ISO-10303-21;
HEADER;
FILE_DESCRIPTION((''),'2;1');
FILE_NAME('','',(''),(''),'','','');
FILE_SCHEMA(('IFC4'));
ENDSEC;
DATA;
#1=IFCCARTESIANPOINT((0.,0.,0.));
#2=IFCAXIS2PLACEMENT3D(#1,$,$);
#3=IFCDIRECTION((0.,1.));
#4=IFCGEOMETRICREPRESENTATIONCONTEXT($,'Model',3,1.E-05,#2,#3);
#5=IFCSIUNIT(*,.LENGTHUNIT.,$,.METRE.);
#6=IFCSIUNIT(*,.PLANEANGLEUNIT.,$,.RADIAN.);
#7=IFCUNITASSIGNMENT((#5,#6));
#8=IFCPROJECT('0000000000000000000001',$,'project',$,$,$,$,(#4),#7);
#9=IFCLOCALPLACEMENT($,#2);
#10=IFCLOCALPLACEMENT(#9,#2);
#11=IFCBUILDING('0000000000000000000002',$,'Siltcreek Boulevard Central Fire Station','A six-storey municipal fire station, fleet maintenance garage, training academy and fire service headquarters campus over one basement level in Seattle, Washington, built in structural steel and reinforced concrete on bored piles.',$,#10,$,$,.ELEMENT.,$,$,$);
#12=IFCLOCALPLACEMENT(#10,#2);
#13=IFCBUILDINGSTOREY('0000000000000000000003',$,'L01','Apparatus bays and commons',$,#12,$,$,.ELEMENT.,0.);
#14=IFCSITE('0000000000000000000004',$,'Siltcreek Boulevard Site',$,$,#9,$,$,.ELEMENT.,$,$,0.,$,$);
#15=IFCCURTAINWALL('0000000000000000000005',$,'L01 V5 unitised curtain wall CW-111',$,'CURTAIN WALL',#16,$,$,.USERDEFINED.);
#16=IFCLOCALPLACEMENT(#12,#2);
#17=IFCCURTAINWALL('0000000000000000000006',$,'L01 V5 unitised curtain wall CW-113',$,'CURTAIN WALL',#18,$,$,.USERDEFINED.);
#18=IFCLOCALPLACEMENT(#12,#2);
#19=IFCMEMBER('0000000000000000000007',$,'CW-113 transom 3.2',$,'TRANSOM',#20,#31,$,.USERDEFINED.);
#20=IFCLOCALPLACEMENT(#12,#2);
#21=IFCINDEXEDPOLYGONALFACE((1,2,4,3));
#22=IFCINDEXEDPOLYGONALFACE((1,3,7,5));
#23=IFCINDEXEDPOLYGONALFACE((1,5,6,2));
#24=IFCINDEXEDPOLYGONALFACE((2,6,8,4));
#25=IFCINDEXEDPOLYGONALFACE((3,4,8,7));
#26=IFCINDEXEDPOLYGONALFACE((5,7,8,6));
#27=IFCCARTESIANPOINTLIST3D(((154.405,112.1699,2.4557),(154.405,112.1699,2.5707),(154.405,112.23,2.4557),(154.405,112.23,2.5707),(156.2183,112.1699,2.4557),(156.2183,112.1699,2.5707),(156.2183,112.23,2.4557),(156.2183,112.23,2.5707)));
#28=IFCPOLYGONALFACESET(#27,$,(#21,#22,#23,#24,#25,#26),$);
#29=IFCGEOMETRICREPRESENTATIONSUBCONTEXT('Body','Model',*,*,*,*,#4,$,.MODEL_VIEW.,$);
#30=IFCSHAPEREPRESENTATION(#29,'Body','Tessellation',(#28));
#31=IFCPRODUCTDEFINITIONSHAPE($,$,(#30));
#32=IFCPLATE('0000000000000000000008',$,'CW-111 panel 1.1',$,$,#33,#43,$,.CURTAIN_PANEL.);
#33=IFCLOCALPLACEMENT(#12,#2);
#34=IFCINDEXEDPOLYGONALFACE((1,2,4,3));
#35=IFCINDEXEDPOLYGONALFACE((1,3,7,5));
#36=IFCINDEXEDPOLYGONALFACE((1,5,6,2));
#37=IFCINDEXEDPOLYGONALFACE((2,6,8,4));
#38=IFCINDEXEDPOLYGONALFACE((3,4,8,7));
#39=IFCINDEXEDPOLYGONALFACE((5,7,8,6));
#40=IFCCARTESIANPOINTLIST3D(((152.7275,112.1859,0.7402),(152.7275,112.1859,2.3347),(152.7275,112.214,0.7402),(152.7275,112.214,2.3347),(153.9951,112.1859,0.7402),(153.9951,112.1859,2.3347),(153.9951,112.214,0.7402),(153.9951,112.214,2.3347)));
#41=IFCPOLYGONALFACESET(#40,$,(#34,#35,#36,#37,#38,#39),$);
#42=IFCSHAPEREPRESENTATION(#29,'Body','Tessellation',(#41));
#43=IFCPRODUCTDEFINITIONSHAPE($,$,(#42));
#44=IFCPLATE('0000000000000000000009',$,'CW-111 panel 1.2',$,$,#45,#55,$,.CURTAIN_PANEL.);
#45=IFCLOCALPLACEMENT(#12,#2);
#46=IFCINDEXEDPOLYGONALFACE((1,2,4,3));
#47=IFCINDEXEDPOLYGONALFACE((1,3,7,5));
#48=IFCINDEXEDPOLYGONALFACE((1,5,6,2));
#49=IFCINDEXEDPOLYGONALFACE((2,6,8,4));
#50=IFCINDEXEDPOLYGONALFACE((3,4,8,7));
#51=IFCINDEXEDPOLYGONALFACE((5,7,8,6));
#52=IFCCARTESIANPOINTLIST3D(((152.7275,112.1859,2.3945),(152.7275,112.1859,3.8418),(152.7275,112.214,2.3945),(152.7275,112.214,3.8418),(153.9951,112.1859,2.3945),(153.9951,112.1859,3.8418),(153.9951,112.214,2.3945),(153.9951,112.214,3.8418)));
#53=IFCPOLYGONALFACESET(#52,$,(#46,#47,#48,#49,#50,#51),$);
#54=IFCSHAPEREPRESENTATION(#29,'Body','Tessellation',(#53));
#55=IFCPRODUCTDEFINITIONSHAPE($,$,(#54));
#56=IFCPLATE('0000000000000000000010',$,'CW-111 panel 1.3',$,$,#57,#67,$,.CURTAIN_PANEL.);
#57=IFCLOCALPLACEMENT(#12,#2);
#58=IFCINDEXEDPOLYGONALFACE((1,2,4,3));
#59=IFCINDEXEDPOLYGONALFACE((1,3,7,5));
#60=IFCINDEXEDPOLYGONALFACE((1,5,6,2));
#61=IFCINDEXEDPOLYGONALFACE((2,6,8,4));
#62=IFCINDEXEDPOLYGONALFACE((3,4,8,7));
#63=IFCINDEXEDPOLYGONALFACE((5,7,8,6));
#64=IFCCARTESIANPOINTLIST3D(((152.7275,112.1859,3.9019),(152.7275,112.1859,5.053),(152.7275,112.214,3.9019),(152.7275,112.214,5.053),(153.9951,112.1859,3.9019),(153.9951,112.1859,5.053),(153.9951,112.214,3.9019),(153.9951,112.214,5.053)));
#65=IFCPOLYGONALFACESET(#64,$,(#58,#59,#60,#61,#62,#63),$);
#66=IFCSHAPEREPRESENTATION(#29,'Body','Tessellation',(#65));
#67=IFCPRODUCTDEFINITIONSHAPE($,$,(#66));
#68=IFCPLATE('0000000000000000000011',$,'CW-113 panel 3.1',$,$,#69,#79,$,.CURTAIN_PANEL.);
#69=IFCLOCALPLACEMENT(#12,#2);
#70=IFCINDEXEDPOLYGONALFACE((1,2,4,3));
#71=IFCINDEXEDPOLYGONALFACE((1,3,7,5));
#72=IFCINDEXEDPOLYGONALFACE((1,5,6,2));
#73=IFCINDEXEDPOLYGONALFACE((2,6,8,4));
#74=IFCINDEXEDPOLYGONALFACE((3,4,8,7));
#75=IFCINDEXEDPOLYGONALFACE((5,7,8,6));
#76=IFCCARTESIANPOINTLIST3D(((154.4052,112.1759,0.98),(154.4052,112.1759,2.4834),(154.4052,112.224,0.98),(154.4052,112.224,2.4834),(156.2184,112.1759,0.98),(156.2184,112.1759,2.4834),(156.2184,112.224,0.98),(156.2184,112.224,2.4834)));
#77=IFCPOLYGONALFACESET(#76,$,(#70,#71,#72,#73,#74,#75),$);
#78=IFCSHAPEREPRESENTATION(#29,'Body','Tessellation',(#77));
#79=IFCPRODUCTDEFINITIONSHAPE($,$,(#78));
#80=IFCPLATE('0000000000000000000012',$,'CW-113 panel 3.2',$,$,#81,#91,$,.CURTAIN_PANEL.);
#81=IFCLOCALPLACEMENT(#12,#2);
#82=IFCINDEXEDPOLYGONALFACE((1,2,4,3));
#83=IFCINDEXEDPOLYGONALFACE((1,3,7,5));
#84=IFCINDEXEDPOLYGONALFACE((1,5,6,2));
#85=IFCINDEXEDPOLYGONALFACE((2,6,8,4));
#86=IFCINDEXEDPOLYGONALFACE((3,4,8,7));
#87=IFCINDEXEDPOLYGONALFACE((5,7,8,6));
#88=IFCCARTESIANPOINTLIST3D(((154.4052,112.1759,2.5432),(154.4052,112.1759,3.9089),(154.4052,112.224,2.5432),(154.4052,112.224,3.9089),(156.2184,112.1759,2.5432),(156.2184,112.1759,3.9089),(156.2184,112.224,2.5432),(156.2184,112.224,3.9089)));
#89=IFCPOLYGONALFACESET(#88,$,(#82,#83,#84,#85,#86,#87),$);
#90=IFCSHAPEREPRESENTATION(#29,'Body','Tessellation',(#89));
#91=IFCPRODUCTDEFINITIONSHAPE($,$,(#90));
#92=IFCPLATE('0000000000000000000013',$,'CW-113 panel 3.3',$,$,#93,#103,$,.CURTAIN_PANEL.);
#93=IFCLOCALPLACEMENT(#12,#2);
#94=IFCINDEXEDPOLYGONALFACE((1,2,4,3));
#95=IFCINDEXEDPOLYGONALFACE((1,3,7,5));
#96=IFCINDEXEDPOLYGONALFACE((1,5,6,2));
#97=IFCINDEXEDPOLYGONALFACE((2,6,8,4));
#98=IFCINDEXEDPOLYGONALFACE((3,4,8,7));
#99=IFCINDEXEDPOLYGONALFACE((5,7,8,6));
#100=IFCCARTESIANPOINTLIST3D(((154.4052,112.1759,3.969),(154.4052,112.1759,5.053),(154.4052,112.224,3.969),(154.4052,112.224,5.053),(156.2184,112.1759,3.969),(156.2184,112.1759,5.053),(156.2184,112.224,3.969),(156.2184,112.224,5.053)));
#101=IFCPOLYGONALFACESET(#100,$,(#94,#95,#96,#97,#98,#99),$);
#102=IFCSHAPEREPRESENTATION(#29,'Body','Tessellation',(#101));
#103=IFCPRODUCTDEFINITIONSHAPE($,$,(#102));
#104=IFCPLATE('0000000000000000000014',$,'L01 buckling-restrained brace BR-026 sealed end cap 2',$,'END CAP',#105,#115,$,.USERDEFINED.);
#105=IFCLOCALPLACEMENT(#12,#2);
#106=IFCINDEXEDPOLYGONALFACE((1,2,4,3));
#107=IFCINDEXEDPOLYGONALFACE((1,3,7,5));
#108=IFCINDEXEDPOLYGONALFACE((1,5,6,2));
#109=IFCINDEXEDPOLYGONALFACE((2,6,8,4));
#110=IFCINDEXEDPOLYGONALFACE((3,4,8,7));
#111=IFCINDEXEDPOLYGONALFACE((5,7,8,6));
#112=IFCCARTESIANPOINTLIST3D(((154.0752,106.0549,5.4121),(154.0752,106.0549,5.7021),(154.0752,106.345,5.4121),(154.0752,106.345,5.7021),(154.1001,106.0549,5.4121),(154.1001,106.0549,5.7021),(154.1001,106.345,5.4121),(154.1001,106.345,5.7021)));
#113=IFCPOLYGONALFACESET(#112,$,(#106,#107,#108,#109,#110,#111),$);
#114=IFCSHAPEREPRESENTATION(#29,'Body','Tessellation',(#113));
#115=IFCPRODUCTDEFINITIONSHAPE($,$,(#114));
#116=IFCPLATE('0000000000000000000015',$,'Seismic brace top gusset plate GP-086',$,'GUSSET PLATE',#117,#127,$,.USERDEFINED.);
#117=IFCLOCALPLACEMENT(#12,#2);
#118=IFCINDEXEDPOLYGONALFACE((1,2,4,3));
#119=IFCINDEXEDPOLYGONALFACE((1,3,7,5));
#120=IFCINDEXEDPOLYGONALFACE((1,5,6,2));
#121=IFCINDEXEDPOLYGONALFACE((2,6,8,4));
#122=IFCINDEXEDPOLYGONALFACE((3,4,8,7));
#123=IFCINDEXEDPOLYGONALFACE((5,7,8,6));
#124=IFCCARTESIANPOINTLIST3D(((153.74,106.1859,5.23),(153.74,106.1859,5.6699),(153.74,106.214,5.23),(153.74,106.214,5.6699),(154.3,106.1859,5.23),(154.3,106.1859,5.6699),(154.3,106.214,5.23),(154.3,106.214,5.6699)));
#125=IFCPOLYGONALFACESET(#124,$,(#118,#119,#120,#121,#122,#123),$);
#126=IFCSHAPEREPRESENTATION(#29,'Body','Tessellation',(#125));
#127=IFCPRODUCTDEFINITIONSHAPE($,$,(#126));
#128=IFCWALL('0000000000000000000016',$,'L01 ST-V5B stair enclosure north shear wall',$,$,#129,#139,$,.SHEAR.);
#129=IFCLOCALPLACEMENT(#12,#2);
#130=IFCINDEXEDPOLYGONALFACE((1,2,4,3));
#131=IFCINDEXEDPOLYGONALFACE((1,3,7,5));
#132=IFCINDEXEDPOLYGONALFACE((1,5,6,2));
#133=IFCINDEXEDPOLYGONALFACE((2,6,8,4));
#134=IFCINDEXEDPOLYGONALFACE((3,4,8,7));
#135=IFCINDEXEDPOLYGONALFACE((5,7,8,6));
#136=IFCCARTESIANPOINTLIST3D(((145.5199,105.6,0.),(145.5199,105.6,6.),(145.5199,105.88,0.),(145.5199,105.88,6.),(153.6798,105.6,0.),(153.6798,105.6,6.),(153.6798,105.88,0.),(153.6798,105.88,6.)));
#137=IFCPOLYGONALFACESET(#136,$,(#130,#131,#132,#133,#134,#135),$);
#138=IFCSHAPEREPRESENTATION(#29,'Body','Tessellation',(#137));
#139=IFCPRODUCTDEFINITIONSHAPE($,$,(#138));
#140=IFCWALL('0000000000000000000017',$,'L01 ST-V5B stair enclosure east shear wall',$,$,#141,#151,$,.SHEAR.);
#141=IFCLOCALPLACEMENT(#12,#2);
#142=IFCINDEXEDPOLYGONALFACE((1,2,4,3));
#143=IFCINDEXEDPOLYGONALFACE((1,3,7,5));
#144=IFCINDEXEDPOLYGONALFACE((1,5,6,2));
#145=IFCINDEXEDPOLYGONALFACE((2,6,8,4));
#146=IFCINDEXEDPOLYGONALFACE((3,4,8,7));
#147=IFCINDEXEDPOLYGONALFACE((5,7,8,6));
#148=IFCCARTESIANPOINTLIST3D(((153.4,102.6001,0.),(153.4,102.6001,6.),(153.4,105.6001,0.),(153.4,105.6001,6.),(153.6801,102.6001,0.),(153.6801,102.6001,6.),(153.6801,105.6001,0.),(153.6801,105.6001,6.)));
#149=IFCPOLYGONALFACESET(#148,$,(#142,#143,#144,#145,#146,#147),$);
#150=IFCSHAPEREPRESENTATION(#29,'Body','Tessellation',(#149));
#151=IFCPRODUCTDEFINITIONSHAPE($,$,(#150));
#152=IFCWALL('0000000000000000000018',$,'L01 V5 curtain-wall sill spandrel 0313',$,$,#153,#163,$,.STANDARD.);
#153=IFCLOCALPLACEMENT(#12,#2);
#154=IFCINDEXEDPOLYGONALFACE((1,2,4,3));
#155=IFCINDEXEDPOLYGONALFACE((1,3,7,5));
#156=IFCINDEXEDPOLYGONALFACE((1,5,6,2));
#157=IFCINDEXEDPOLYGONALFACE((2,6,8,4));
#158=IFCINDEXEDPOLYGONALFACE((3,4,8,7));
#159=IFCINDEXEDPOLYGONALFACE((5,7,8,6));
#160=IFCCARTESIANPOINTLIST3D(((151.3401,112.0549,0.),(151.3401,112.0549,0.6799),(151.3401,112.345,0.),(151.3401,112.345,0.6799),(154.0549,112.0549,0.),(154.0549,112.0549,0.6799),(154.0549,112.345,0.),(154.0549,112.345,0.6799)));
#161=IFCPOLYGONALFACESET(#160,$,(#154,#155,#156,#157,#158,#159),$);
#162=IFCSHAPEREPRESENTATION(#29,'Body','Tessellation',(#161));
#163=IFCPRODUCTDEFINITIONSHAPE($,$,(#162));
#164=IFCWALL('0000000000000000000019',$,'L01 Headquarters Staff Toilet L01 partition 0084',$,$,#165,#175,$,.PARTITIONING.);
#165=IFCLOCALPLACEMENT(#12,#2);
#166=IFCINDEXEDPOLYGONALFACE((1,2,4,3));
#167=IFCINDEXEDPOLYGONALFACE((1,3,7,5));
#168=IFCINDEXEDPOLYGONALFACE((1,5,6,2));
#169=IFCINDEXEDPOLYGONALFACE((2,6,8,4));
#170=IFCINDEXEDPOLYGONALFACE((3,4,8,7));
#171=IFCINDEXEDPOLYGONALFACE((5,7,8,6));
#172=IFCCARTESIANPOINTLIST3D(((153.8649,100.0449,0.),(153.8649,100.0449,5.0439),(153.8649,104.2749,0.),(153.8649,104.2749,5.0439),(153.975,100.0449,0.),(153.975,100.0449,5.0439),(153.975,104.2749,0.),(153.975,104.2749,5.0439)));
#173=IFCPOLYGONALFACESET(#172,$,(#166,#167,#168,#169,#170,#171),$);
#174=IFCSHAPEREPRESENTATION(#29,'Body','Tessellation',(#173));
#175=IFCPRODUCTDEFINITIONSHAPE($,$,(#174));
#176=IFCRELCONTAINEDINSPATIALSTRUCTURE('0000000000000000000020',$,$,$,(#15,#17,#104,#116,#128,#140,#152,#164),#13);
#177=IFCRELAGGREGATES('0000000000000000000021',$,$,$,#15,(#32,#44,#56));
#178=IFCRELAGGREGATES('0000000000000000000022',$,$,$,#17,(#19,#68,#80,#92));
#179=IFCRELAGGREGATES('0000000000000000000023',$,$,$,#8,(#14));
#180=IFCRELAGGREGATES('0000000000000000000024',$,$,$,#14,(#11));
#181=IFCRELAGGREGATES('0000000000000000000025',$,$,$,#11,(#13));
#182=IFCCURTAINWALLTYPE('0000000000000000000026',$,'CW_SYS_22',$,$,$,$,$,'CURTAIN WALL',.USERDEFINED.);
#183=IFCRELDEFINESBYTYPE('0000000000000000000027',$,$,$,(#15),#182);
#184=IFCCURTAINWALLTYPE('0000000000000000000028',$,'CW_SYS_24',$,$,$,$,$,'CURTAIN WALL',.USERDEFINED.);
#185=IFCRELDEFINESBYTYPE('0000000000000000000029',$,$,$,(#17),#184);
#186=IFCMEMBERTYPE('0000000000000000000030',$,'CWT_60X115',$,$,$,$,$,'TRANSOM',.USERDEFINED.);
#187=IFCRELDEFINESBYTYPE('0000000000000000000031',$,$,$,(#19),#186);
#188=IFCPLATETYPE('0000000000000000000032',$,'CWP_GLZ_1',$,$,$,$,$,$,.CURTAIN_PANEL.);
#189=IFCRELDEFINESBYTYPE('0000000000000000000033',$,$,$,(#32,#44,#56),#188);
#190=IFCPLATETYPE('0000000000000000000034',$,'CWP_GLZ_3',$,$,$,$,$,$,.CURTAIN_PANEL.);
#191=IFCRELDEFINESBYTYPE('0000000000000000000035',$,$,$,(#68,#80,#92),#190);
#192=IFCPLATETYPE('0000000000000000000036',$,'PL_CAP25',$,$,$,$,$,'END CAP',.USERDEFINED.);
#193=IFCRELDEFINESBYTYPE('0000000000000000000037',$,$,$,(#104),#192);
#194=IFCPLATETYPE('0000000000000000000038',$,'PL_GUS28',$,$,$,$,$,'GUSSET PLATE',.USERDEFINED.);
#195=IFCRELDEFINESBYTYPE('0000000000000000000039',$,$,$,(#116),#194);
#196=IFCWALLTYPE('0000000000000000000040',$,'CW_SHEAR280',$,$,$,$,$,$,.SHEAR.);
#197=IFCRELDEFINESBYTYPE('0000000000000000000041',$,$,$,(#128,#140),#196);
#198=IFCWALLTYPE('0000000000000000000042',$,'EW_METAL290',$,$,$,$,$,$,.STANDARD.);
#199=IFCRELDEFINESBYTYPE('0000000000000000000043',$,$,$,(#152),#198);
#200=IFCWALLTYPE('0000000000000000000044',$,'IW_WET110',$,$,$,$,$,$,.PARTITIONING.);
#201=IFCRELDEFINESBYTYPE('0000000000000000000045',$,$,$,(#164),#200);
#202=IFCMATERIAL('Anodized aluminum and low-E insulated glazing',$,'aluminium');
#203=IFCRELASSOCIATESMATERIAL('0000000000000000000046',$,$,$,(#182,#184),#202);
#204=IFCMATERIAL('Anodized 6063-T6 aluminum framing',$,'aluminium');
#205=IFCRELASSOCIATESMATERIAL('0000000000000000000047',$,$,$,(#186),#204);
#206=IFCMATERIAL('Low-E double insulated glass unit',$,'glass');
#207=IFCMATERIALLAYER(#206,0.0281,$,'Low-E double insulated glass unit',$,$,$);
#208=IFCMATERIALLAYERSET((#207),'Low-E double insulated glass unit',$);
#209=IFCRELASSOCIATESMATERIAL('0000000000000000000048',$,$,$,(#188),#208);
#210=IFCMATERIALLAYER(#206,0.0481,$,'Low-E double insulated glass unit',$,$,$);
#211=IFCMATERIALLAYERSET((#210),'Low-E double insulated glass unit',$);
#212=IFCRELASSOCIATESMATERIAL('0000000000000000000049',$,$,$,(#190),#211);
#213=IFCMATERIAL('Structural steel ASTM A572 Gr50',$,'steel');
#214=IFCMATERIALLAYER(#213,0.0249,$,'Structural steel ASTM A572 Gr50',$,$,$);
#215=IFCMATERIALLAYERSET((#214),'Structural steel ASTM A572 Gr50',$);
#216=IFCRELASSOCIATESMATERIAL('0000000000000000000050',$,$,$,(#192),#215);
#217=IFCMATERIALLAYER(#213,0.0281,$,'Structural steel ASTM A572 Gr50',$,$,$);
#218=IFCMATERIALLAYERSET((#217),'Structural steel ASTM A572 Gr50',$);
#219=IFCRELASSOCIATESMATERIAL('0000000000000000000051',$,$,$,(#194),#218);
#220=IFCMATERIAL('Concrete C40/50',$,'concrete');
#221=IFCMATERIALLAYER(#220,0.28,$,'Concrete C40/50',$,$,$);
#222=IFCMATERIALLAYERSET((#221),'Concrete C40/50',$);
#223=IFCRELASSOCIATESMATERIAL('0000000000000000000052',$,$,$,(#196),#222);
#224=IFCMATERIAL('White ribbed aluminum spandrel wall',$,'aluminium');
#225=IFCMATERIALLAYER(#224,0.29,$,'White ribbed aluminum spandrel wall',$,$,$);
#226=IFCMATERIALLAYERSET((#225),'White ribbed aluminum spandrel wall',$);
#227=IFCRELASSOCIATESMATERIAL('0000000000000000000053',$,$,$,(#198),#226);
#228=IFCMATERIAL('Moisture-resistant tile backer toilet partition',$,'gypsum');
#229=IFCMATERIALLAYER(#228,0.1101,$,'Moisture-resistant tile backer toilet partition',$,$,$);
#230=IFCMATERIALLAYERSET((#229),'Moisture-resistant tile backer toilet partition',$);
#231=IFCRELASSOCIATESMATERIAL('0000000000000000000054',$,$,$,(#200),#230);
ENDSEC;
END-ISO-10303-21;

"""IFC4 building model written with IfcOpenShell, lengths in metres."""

from ifc_helpers import new_model, si_unit, direction, frame, frame_2d, origin, origin_2d, place, context, subcontext, project, spatial, rectangle, extrude, material, layer, layer_set, material_profile, profile_set, type_object, element, aggregate, save


model = new_model("IFC4")

# Units and contexts
model_context = context("Model", 3, precision=1e-05, world=origin(), true_north=direction((0.0, 1.0)))
body_context = subcontext(model_context, "Body", "Model", "MODEL_VIEW")
ifc_project = project(units=[si_unit("LENGTHUNIT", "METRE"), si_unit("PLANEANGLEUNIT", "RADIAN")], contexts=[model_context])

# Site, building, storey
site_placement = place(None, origin())
site = spatial("IfcSite", under=ifc_project, at=site_placement, Name="Siltcreek Boulevard Site", CompositionType="ELEMENT", RefElevation=0.0)
building_placement = place(site_placement, origin())
building = spatial("IfcBuilding", under=site, at=building_placement, Name="Siltcreek Boulevard Central Fire Station", Description="A six-storey municipal fire station, fleet maintenance garage, training academy and fire service headquarters campus over one basement level in Seattle, Washington, built in structural steel and reinforced concrete on bored piles.", CompositionType="ELEMENT")
storey_placement = place(building_placement, origin())
storey = spatial("IfcBuildingStorey", under=building, at=storey_placement, Name="L01", Description="Apparatus bays and commons", CompositionType="ELEMENT", Elevation=0.0)

# Curtain walls
ifc_material_1 = material(Name="Anodized aluminum and low-E insulated glazing", Category="aluminium")
curtain_wall_type_1 = type_object("IfcCurtainWallType", Name="CW_SYS_22", ElementType="CURTAIN WALL", PredefinedType="USERDEFINED", material=ifc_material_1)
curtain_wall_1_placement = place(storey_placement, origin())
curtain_wall_1 = element("IfcCurtainWall", 1, at=curtain_wall_1_placement, inside=storey, type_object=curtain_wall_type_1, Name="L01 V5 unitised curtain wall CW-111", ObjectType="CURTAIN WALL", PredefinedType="USERDEFINED")
ifc_material_2 = material(Name="Anodized 6063-T6 aluminum framing", Category="aluminium")
curtain_wall_type_2 = type_object("IfcCurtainWallType", Name="CW_SYS_24", ElementType="CURTAIN WALL", PredefinedType="USERDEFINED", material=ifc_material_1)
curtain_wall_2_placement = place(storey_placement, origin())
curtain_wall_2 = element("IfcCurtainWall", 2, at=curtain_wall_2_placement, inside=storey, type_object=curtain_wall_type_2, Name="L01 V5 unitised curtain wall CW-113", ObjectType="CURTAIN WALL", PredefinedType="USERDEFINED")

# Member
ifc_material_profile_1 = material_profile(ifc_material_2, rectangle(XDim=0.0601, YDim=0.115, at=origin_2d()), Name="TRAN60X115")
ifc_profile_set_1 = profile_set([ifc_material_profile_1], Name="Anodized 6063-T6 aluminum framing")
member_type_1 = type_object("IfcMemberType", Name="CWT_60X115", ElementType="TRANSOM", PredefinedType="USERDEFINED", material=ifc_profile_set_1)
member_1_placement = place(storey_placement, frame((156.2183, 112.2, 2.5132), z_axis=(-1.0, 0.0, 0.0), x_axis=(0.0, -1.0, 0.0)))
member_1 = element("IfcMember", 3, at=member_1_placement, type_object=member_type_1, Name="CW-113 transom 3.2", ObjectType="TRANSOM", PredefinedType="USERDEFINED", context=body_context, shape_type="SweptSolid", body=[
    extrude(rectangle(XDim=0.0601, YDim=0.115, at=origin_2d()), origin(), (0.0, 0.0, 1.0), 1.8132),
])

# Plates
ifc_material_3 = material(Name="Low-E double insulated glass unit", Category="glass")
ifc_layer_1 = layer(ifc_material_3, 0.0281, Name="Low-E double insulated glass unit")
ifc_layer_set_1 = layer_set([ifc_layer_1], Name="Low-E double insulated glass unit")
plate_type_1 = type_object("IfcPlateType", Name="CWP_GLZ_1", PredefinedType="CURTAIN_PANEL", material=ifc_layer_set_1)
plate_1_placement = place(storey_placement, frame((153.3613, 112.2, 0.7402), z_axis=(0.0, 0.0, 1.0), x_axis=(-1.0, 0.0, 0.0)))
plate_1 = element("IfcPlate", 4, at=plate_1_placement, type_object=plate_type_1, Name="CW-111 panel 1.1", PredefinedType="CURTAIN_PANEL", context=body_context, shape_type="SweptSolid", body=[
    extrude(rectangle(XDim=1.2676, YDim=0.0281, at=origin_2d()), origin(), (0.0, 0.0, 1.0), 1.5945),
])
plate_2_placement = place(storey_placement, frame((153.3613, 112.2, 2.3945), z_axis=(0.0, 0.0, 1.0), x_axis=(-1.0, 0.0, 0.0)))
plate_2 = element("IfcPlate", 5, at=plate_2_placement, type_object=plate_type_1, Name="CW-111 panel 1.2", PredefinedType="CURTAIN_PANEL", context=body_context, shape_type="SweptSolid", body=[
    extrude(rectangle(XDim=1.2676, YDim=0.0281, at=origin_2d()), origin(), (0.0, 0.0, 1.0), 1.4473),
])
plate_3_placement = place(storey_placement, frame((153.3613, 112.2, 3.9019), z_axis=(0.0, 0.0, 1.0), x_axis=(-1.0, 0.0, 0.0)))
plate_3 = element("IfcPlate", 6, at=plate_3_placement, type_object=plate_type_1, Name="CW-111 panel 1.3", PredefinedType="CURTAIN_PANEL", context=body_context, shape_type="SweptSolid", body=[
    extrude(rectangle(XDim=1.2676, YDim=0.0281, at=origin_2d()), origin(), (0.0, 0.0, 1.0), 1.1511),
])
aggregate(curtain_wall_1, [plate_1, plate_2, plate_3])
ifc_layer_2 = layer(ifc_material_3, 0.0481, Name="Low-E double insulated glass unit")
ifc_layer_set_2 = layer_set([ifc_layer_2], Name="Low-E double insulated glass unit")
plate_type_2 = type_object("IfcPlateType", Name="CWP_GLZ_3", PredefinedType="CURTAIN_PANEL", material=ifc_layer_set_2)
plate_4_placement = place(storey_placement, frame((155.3118, 112.2, 0.98), z_axis=(0.0, 0.0, 1.0), x_axis=(-1.0, 0.0, 0.0)))
plate_4 = element("IfcPlate", 7, at=plate_4_placement, type_object=plate_type_2, Name="CW-113 panel 3.1", PredefinedType="CURTAIN_PANEL", context=body_context, shape_type="SweptSolid", body=[
    extrude(rectangle(XDim=1.8132, YDim=0.0481, at=origin_2d()), origin(), (0.0, 0.0, 1.0), 1.5034),
])
plate_5_placement = place(storey_placement, frame((155.3118, 112.2, 2.5432), z_axis=(0.0, 0.0, 1.0), x_axis=(-1.0, 0.0, 0.0)))
plate_5 = element("IfcPlate", 8, at=plate_5_placement, type_object=plate_type_2, Name="CW-113 panel 3.2", PredefinedType="CURTAIN_PANEL", context=body_context, shape_type="SweptSolid", body=[
    extrude(rectangle(XDim=1.8132, YDim=0.0481, at=origin_2d()), origin(), (0.0, 0.0, 1.0), 1.3657),
])
plate_6_placement = place(storey_placement, frame((155.3118, 112.2, 3.969), z_axis=(0.0, 0.0, 1.0), x_axis=(-1.0, 0.0, 0.0)))
plate_6 = element("IfcPlate", 9, at=plate_6_placement, type_object=plate_type_2, Name="CW-113 panel 3.3", PredefinedType="CURTAIN_PANEL", context=body_context, shape_type="SweptSolid", body=[
    extrude(rectangle(XDim=1.8132, YDim=0.0481, at=origin_2d()), origin(), (0.0, 0.0, 1.0), 1.084),
])
aggregate(curtain_wall_2, [member_1, plate_4, plate_5, plate_6])

# Plates
ifc_material_4 = material(Name="Structural steel ASTM A572 Gr50", Category="steel")
ifc_layer_3 = layer(ifc_material_4, 0.0249, Name="Structural steel ASTM A572 Gr50")
ifc_layer_set_3 = layer_set([ifc_layer_3], Name="Structural steel ASTM A572 Gr50")
plate_type_3 = type_object("IfcPlateType", Name="PL_CAP25", ElementType="END CAP", PredefinedType="USERDEFINED", material=ifc_layer_set_3)
plate_7_placement = place(storey_placement, frame((154.0876, 106.2, 5.4121), z_axis=(0.0, 0.0, 1.0), x_axis=(1.0, 0.0, 0.0)))
element("IfcPlate", 10, at=plate_7_placement, inside=storey, type_object=plate_type_3, Name="L01 buckling-restrained brace BR-026 sealed end cap 2", ObjectType="END CAP", PredefinedType="USERDEFINED", context=body_context, shape_type="SweptSolid", body=[
    extrude(rectangle(XDim=0.0249, YDim=0.29, at=origin_2d()), origin(), (0.0, 0.0, 1.0), 0.29),
])
ifc_layer_4 = layer(ifc_material_4, 0.0281, Name="Structural steel ASTM A572 Gr50")
ifc_layer_set_4 = layer_set([ifc_layer_4], Name="Structural steel ASTM A572 Gr50")
plate_type_4 = type_object("IfcPlateType", Name="PL_GUS28", ElementType="GUSSET PLATE", PredefinedType="USERDEFINED", material=ifc_layer_set_4)
plate_8_placement = place(storey_placement, frame((154.02, 106.2, 5.23), z_axis=(0.0, 0.0, 1.0), x_axis=(1.0, 0.0, 0.0)))
element("IfcPlate", 11, at=plate_8_placement, inside=storey, type_object=plate_type_4, Name="Seismic brace top gusset plate GP-086", ObjectType="GUSSET PLATE", PredefinedType="USERDEFINED", context=body_context, shape_type="SweptSolid", body=[
    extrude(rectangle(XDim=0.5601, YDim=0.0281, at=origin_2d()), origin(), (0.0, 0.0, 1.0), 0.4399),
])

# Walls
ifc_material_5 = material(Name="Concrete C40/50", Category="concrete")
ifc_layer_5 = layer(ifc_material_5, 0.28, Name="Concrete C40/50")
ifc_layer_set_5 = layer_set([ifc_layer_5], Name="Concrete C40/50")
wall_type_1 = type_object("IfcWallType", Name="CW_SHEAR280", PredefinedType="SHEAR", material=ifc_layer_set_5)
wall_1_placement = place(storey_placement, frame((153.6799, 105.74, 0.0), z_axis=(0.0, 0.0, 1.0), x_axis=(-1.0, 0.0, 0.0)))
element("IfcWall", 12, at=wall_1_placement, inside=storey, type_object=wall_type_1, Name="L01 ST-V5B stair enclosure north shear wall", PredefinedType="SHEAR", context=body_context, shape_type="SweptSolid", body=[
    extrude(rectangle(XDim=8.1599, YDim=0.28, at=frame_2d((4.0801, 0.0))), origin(), (0.0, 0.0, 1.0), 6.0),
])
wall_2_placement = place(storey_placement, frame((153.54, 102.6001, 0.0), z_axis=(0.0, 0.0, 1.0), x_axis=(0.0, 1.0, 0.0)))
element("IfcWall", 13, at=wall_2_placement, inside=storey, type_object=wall_type_1, Name="L01 ST-V5B stair enclosure east shear wall", PredefinedType="SHEAR", context=body_context, shape_type="SweptSolid", body=[
    extrude(rectangle(XDim=3.0, YDim=0.28, at=frame_2d((1.5, 0.0))), origin(), (0.0, 0.0, 1.0), 6.0),
])
ifc_material_6 = material(Name="White ribbed aluminum spandrel wall", Category="aluminium")
ifc_layer_6 = layer(ifc_material_6, 0.29, Name="White ribbed aluminum spandrel wall")
ifc_layer_set_6 = layer_set([ifc_layer_6], Name="White ribbed aluminum spandrel wall")
wall_type_2 = type_object("IfcWallType", Name="EW_METAL290", PredefinedType="STANDARD", material=ifc_layer_set_6)
wall_3_placement = place(storey_placement, frame((154.0549, 112.2, 0.0), z_axis=(0.0, 0.0, 1.0), x_axis=(-1.0, 0.0, 0.0)))
element("IfcWall", 14, at=wall_3_placement, inside=storey, type_object=wall_type_2, Name="L01 V5 curtain-wall sill spandrel 0313", PredefinedType="STANDARD", context=body_context, shape_type="SweptSolid", body=[
    extrude(rectangle(XDim=2.7148, YDim=0.29, at=frame_2d((1.3574, 0.0))), origin(), (0.0, 0.0, 1.0), 0.6799),
])
ifc_material_7 = material(Name="Moisture-resistant tile backer toilet partition", Category="gypsum")
ifc_layer_7 = layer(ifc_material_7, 0.1101, Name="Moisture-resistant tile backer toilet partition")
ifc_layer_set_7 = layer_set([ifc_layer_7], Name="Moisture-resistant tile backer toilet partition")
wall_type_3 = type_object("IfcWallType", Name="IW_WET110", PredefinedType="PARTITIONING", material=ifc_layer_set_7)
wall_4_placement = place(storey_placement, frame((153.9199, 100.0449, 0.0), z_axis=(0.0, 0.0, 1.0), x_axis=(0.0, 1.0, 0.0)))
element("IfcWall", 15, at=wall_4_placement, inside=storey, type_object=wall_type_3, Name="L01 Headquarters Staff Toilet L01 partition 0084", PredefinedType="PARTITIONING", context=body_context, shape_type="SweptSolid", body=[
    extrude(rectangle(XDim=4.23, YDim=0.1101, at=frame_2d((2.115, 0.0))), origin(), (0.0, 0.0, 1.0), 5.0439),
])

save(model, "model.ifc")
